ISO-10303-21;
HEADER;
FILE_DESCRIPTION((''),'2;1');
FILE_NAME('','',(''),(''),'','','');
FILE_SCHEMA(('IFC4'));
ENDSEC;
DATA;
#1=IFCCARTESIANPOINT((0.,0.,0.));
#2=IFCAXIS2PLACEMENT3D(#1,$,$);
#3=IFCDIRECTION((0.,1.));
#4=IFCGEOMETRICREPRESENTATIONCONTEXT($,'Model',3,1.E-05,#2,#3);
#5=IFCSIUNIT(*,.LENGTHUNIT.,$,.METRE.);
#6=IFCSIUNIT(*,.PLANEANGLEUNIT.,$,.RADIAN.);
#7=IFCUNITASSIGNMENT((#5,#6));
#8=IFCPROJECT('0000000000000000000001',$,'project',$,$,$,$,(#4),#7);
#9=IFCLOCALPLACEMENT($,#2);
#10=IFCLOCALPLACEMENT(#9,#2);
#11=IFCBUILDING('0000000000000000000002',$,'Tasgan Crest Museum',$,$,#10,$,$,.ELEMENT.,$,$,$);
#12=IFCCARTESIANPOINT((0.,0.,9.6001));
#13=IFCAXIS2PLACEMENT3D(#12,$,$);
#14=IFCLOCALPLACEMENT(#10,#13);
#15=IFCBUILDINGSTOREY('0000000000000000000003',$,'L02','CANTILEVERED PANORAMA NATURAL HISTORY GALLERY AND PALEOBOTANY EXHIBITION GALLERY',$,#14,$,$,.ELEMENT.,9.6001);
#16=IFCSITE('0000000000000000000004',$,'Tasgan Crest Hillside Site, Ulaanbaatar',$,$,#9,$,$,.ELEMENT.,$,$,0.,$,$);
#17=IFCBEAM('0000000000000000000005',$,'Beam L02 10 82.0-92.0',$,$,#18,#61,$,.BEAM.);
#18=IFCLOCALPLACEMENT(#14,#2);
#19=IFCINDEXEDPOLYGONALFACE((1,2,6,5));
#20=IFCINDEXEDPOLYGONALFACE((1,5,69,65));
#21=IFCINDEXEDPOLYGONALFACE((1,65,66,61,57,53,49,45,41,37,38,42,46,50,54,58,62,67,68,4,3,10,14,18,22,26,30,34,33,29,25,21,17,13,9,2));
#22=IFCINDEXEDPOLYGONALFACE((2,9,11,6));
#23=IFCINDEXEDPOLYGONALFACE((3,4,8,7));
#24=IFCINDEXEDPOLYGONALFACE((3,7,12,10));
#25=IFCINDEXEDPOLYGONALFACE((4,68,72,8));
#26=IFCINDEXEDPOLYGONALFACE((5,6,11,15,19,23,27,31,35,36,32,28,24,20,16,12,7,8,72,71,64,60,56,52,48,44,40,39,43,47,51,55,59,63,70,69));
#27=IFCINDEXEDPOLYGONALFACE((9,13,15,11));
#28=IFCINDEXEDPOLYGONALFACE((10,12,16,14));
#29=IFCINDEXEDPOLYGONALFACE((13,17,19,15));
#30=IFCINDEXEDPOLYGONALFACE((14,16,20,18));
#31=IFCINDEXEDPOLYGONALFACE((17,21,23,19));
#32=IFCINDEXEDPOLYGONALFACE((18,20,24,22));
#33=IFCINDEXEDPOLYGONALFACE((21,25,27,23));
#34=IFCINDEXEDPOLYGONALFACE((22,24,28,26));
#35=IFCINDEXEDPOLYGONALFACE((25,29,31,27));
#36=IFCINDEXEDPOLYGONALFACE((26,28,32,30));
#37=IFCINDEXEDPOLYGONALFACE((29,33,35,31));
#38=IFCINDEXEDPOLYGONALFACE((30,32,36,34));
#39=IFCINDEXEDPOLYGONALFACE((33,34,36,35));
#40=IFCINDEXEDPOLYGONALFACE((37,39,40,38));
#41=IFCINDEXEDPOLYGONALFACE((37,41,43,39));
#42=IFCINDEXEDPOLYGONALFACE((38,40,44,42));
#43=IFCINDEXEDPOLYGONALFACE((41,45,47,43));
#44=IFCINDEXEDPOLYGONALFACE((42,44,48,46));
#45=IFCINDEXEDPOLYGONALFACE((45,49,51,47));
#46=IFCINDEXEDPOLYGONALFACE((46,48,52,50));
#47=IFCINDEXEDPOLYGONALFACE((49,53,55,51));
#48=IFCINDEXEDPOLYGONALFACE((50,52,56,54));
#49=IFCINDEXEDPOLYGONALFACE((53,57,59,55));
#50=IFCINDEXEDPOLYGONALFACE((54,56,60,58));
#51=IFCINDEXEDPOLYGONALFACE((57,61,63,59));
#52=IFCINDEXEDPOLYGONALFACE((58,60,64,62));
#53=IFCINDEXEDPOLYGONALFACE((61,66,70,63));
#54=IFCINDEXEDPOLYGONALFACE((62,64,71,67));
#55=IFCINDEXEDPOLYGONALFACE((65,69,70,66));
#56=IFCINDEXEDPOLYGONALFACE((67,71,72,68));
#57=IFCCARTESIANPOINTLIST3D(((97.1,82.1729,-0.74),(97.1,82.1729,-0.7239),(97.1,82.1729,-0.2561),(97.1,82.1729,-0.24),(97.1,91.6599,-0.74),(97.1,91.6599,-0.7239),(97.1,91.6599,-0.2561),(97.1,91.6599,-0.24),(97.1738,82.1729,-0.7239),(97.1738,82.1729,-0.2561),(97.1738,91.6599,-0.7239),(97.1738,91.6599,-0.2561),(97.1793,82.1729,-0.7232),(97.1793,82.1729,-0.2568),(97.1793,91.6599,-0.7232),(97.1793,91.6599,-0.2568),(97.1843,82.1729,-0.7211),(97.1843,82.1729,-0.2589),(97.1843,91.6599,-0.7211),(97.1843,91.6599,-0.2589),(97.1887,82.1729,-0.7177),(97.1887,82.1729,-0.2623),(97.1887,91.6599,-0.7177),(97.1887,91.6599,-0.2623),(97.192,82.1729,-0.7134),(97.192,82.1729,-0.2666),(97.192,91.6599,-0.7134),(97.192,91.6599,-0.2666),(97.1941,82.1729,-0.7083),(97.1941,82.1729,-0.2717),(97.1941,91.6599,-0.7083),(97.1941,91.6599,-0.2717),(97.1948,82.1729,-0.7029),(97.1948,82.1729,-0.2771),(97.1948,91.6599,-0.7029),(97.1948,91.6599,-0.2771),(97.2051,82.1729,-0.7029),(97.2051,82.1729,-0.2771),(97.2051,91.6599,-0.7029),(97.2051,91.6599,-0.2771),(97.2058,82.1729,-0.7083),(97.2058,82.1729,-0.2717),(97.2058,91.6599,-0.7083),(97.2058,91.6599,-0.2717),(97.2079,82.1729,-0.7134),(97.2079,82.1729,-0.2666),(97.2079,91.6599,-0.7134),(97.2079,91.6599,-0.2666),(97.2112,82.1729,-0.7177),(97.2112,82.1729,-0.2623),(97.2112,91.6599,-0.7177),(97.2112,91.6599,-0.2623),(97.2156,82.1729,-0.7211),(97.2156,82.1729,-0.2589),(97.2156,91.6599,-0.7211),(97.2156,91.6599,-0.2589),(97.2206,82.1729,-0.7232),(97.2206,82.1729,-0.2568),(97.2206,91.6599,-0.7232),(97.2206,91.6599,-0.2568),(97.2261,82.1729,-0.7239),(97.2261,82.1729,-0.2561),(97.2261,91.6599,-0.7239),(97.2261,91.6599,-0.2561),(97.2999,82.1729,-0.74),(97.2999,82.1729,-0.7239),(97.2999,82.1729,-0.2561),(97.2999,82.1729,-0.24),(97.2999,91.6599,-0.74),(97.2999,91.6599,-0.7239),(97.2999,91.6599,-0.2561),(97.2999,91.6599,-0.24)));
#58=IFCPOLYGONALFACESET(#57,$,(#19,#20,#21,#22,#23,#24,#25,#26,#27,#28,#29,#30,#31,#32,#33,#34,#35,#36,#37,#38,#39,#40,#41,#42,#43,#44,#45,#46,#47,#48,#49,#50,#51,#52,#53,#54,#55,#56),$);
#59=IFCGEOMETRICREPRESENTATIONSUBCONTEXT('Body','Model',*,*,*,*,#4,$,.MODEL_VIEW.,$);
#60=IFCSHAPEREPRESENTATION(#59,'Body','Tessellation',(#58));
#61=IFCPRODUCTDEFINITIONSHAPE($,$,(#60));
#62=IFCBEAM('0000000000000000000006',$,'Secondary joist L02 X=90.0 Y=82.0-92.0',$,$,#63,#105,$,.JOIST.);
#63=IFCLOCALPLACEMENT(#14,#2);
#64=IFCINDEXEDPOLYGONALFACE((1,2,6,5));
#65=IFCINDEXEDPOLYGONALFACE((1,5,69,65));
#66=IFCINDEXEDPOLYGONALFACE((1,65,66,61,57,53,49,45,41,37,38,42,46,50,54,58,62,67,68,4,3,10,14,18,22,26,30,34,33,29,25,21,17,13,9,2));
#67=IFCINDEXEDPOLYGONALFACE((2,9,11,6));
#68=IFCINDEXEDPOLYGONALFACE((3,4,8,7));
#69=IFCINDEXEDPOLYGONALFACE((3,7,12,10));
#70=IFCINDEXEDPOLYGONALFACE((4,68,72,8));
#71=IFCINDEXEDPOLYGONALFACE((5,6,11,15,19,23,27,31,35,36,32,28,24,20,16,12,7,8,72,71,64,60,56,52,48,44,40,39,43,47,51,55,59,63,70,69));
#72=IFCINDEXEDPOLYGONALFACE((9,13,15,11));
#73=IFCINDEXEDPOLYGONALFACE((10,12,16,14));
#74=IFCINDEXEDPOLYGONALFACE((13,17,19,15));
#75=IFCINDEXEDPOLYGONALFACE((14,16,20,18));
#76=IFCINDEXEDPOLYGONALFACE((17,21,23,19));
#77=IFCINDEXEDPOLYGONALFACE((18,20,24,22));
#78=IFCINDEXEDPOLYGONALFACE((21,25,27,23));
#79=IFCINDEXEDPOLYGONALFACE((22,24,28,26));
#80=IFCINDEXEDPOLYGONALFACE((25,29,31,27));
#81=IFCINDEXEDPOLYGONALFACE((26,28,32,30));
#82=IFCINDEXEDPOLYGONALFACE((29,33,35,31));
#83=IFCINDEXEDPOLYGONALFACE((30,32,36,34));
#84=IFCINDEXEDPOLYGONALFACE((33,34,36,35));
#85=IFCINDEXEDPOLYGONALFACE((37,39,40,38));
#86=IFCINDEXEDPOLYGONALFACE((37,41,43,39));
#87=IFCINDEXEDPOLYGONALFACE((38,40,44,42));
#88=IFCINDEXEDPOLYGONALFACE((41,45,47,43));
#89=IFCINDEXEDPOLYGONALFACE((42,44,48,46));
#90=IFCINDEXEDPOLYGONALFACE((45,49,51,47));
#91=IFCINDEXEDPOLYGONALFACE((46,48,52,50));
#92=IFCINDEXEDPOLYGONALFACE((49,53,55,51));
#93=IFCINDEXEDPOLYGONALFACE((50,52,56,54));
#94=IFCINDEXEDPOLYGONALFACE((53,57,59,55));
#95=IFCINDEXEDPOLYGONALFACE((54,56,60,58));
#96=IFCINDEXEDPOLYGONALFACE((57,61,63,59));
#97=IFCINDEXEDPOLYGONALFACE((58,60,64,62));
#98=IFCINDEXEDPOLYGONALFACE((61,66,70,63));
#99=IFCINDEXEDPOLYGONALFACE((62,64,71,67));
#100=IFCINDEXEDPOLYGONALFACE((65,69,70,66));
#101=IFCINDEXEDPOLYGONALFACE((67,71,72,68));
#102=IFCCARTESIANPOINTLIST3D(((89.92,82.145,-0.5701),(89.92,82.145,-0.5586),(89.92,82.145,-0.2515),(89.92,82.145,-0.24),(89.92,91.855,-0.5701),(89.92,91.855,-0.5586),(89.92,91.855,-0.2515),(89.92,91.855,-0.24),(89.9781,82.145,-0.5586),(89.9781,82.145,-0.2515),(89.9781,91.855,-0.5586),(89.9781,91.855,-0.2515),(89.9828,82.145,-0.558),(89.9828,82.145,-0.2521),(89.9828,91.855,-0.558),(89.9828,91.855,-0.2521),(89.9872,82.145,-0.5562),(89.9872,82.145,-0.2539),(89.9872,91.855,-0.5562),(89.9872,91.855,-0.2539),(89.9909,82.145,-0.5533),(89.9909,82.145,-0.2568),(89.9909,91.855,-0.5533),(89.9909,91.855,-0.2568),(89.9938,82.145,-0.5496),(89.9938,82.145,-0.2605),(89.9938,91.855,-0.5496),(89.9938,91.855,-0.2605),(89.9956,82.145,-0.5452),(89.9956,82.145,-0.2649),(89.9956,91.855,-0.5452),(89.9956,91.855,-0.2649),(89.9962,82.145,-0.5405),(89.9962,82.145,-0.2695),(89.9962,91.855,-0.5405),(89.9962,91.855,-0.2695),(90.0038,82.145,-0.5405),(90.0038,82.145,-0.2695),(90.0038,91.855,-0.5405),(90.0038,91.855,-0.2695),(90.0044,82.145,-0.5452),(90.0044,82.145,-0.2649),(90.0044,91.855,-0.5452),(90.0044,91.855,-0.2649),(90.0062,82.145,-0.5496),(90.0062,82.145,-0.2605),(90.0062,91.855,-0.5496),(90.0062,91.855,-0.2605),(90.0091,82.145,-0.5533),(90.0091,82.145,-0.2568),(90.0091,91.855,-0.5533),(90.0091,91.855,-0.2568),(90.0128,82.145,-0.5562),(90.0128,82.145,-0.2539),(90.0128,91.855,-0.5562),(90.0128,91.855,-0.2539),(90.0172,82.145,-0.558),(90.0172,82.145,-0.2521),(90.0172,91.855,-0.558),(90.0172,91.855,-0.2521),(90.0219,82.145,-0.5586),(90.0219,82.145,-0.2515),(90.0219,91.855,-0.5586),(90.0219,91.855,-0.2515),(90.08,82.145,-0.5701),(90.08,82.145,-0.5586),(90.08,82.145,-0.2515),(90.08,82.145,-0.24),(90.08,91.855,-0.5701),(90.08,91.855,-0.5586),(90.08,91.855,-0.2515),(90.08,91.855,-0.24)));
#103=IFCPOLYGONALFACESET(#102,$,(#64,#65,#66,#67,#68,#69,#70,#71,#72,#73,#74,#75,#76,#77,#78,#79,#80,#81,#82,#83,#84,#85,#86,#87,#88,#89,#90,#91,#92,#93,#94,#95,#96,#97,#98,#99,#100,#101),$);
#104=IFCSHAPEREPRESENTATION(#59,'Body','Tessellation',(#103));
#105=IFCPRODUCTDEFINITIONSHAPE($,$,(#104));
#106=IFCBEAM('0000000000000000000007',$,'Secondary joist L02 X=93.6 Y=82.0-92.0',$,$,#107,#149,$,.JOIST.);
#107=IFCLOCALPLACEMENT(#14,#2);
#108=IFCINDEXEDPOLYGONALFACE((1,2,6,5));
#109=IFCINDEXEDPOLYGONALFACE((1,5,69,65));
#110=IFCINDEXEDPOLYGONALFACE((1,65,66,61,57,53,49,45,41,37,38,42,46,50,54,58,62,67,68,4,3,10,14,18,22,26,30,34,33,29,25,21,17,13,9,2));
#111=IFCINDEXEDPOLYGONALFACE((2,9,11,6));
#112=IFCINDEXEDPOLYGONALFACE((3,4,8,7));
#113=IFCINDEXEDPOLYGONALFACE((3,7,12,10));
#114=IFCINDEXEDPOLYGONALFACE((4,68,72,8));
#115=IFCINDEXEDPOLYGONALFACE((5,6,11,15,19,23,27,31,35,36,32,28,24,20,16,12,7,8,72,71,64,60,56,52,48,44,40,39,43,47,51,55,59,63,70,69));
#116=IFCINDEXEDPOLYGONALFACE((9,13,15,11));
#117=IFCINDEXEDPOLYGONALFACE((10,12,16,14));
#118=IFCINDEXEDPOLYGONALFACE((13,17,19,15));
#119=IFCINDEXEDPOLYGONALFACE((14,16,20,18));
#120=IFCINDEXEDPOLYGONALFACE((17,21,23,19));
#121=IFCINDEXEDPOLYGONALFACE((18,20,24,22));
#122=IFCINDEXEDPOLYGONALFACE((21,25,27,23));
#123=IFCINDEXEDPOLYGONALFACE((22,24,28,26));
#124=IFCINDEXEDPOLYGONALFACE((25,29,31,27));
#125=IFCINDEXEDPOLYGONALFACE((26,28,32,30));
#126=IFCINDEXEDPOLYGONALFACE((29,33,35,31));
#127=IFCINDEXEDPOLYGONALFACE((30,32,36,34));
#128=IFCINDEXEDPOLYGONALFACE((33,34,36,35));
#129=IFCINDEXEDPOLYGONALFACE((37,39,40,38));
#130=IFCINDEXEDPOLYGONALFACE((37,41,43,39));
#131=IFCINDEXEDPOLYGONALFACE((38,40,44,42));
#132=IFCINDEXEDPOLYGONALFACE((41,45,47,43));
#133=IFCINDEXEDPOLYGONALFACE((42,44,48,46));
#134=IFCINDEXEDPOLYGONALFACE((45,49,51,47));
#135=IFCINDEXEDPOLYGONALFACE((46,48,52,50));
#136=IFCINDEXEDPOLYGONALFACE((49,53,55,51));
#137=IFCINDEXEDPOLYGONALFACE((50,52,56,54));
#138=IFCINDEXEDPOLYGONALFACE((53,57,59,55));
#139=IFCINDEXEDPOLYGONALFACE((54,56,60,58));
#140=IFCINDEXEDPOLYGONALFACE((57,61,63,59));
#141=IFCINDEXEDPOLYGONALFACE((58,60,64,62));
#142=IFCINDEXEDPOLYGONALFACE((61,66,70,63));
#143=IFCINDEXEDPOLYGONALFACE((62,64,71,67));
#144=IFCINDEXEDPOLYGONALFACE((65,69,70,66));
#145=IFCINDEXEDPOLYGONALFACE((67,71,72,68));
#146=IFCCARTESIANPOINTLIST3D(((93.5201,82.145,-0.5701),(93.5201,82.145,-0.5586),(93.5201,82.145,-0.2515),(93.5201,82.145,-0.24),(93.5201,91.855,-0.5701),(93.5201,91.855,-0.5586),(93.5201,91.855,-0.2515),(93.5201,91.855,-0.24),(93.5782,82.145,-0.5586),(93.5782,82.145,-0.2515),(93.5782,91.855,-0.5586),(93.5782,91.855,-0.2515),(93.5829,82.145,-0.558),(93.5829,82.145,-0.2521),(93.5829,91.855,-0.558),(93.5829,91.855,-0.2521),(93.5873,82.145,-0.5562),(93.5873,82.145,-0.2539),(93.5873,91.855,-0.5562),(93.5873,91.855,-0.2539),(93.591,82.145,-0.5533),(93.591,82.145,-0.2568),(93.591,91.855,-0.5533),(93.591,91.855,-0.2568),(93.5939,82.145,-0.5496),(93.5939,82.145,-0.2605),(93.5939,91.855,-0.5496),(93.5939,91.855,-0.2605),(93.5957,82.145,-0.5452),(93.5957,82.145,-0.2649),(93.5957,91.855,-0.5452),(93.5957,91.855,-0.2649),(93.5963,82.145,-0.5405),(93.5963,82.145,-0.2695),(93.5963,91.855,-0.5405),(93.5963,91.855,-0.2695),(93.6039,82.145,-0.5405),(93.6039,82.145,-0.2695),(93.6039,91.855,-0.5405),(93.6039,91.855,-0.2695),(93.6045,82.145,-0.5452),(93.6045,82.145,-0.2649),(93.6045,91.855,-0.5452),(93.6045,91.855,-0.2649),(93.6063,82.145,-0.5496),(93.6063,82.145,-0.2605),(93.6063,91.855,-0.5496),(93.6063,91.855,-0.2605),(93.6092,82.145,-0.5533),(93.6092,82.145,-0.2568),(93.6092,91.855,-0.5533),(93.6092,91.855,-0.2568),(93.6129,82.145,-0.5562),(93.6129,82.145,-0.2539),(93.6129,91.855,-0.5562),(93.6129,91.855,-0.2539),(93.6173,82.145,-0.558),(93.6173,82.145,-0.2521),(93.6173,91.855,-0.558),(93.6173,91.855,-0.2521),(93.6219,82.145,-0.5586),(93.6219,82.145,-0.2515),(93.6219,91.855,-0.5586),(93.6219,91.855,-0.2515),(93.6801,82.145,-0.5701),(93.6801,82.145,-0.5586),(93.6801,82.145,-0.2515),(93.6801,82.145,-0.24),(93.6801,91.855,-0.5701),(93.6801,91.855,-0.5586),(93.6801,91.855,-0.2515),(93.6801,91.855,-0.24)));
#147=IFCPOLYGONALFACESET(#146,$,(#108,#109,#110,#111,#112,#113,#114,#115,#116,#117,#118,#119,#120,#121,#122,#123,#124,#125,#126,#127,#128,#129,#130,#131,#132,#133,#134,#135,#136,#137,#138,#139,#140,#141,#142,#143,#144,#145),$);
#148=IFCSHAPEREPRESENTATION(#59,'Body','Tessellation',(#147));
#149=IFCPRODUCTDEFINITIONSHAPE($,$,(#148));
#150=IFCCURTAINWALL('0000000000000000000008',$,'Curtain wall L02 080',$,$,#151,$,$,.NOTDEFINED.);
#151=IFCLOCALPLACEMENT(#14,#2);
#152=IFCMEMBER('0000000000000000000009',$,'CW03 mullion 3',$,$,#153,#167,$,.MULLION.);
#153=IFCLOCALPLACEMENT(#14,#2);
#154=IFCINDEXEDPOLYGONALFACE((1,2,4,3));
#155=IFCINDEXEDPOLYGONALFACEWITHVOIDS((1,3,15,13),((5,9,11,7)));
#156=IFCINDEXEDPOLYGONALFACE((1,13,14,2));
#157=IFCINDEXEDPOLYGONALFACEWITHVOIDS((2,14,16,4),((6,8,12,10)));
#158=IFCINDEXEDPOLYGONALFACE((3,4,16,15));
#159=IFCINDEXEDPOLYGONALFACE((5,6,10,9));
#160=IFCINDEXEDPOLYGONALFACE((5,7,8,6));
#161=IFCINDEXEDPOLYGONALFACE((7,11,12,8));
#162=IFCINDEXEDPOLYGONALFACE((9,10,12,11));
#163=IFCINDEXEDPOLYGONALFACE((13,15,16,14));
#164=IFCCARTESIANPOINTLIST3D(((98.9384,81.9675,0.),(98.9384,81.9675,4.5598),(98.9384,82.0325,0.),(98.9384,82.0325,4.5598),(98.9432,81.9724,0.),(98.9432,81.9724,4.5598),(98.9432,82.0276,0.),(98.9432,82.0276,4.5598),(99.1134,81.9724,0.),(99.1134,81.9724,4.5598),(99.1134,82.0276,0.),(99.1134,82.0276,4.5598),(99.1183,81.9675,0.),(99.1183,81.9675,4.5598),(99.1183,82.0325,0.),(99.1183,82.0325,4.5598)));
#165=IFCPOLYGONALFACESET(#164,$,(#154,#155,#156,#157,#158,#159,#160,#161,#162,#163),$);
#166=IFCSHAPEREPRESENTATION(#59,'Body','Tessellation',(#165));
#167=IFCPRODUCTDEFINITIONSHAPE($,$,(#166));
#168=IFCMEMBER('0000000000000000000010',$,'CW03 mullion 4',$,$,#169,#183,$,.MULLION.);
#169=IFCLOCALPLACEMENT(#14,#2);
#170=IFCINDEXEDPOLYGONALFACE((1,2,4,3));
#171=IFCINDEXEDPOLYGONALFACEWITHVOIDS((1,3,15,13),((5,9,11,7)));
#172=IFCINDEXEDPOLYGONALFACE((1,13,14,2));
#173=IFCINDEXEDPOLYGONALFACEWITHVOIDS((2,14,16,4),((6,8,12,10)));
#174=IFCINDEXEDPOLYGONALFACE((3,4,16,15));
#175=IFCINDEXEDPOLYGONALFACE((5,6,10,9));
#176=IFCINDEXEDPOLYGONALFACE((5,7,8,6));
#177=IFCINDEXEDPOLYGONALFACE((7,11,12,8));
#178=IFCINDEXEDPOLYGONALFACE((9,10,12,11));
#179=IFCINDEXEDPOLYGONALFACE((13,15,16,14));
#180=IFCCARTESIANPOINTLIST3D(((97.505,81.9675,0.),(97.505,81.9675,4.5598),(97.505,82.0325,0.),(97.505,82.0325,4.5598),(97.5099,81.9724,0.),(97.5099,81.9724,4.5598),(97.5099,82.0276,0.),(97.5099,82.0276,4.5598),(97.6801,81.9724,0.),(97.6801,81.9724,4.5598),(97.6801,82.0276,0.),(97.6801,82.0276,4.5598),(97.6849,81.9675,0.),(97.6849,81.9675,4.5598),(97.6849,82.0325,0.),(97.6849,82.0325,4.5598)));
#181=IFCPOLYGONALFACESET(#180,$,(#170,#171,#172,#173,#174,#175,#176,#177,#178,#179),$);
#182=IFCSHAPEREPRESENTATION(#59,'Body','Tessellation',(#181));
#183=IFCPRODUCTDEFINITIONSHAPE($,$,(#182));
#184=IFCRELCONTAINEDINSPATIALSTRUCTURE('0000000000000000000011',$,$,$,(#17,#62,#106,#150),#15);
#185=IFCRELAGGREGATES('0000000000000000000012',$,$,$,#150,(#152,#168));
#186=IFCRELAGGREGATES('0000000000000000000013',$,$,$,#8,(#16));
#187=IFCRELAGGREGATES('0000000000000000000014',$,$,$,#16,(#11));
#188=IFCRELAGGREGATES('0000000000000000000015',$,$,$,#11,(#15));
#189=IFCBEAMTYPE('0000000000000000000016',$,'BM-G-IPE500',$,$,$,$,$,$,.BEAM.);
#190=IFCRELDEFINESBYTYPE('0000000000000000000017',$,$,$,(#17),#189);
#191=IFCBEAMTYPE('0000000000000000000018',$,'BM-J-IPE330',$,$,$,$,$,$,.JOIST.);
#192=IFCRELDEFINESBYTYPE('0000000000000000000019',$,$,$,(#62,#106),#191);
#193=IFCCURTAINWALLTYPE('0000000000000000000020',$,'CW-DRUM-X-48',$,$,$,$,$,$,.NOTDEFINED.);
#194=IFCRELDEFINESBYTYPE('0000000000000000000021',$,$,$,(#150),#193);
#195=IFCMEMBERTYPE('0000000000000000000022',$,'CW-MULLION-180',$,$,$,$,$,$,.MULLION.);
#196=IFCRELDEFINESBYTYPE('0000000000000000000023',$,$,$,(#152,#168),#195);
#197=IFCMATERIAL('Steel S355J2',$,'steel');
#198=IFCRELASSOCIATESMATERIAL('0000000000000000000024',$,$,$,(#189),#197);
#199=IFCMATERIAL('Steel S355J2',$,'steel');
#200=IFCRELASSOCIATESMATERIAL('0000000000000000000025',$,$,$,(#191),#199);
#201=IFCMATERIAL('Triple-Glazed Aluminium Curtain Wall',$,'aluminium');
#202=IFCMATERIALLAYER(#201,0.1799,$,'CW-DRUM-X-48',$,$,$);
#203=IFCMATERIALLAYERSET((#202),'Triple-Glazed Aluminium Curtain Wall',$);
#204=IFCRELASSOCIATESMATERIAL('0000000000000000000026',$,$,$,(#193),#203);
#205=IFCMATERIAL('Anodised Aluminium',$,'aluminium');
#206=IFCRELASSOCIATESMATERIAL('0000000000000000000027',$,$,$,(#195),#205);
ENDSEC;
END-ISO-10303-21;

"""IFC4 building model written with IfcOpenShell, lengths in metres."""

from ifc_helpers import new_model, si_unit, direction, frame, origin, origin_2d, place, context, subcontext, project, spatial, hollow_rectangle, i_section, extrude, material, layer, layer_set, material_profile, profile_set, type_object, element, aggregate, save


model = new_model("IFC4")

# Units and contexts
model_context = context("Model", 3, precision=1e-05, world=origin(), true_north=direction((0.0, 1.0)))
body_context = subcontext(model_context, "Body", "Model", "MODEL_VIEW")
ifc_project = project(units=[si_unit("LENGTHUNIT", "METRE"), si_unit("PLANEANGLEUNIT", "RADIAN")], contexts=[model_context])

# Site, building, storey
site_placement = place(None, origin())
site = spatial("IfcSite", under=ifc_project, at=site_placement, Name="Tasgan Crest Hillside Site, Ulaanbaatar", CompositionType="ELEMENT", RefElevation=0.0)
building_placement = place(site_placement, origin())
building = spatial("IfcBuilding", under=site, at=building_placement, Name="Tasgan Crest Museum", CompositionType="ELEMENT")
storey_placement = place(building_placement, frame((0.0, 0.0, 9.6001)))
storey = spatial("IfcBuildingStorey", under=building, at=storey_placement, Name="L02", Description="CANTILEVERED PANORAMA NATURAL HISTORY GALLERY AND PALEOBOTANY EXHIBITION GALLERY", CompositionType="ELEMENT", Elevation=9.6001)

# Beams
ifc_material_1 = material(Name="Steel S355J2", Category="steel")
ifc_material_profile_1 = material_profile(ifc_material_1, i_section(OverallWidth=0.2, OverallDepth=0.5, WebThickness=0.0103, FlangeThickness=0.0161, FilletRadius=0.021, at=origin_2d()), Name="IPE 500")
ifc_profile_set_1 = profile_set([ifc_material_profile_1], Name="Steel S355J2")
beam_type_1 = type_object("IfcBeamType", Name="BM-G-IPE500", PredefinedType="BEAM", material=ifc_profile_set_1)
beam_1_placement = place(storey_placement, frame((97.2, 82.1729, -0.49), z_axis=(0.0, 1.0, 0.0), x_axis=(-1.0, 0.0, 0.0)))
element("IfcBeam", 1, at=beam_1_placement, inside=storey, type_object=beam_type_1, Name="Beam L02 10 82.0-92.0", PredefinedType="BEAM", context=body_context, shape_type="SweptSolid", body=[
    extrude(i_section(OverallWidth=0.2, OverallDepth=0.5, WebThickness=0.0103, FlangeThickness=0.0161, FilletRadius=0.021, at=origin_2d()), origin(), (0.0, 0.0, 1.0), 9.4871),
])
ifc_material_2 = material(Name="Steel S355J2", Category="steel")
ifc_material_profile_2 = material_profile(ifc_material_2, i_section(OverallWidth=0.1599, OverallDepth=0.3301, WebThickness=0.0076, FlangeThickness=0.0115, FilletRadius=0.0181, at=origin_2d()), Name="IPE 330")
ifc_profile_set_2 = profile_set([ifc_material_profile_2], Name="Steel S355J2")
beam_type_2 = type_object("IfcBeamType", Name="BM-J-IPE330", PredefinedType="JOIST", material=ifc_profile_set_2)
for number, where, z_axis, x_axis, name in (
    (2, (90.0, 82.145, -0.405), (0.0, 1.0, 0.0), (-1.0, 0.0, 0.0), "Secondary joist L02 X=90.0 Y=82.0-92.0"),
    (3, (93.6001, 82.145, -0.405), (0.0, 1.0, 0.0), (-1.0, 0.0, 0.0), "Secondary joist L02 X=93.6 Y=82.0-92.0"),
):
    element("IfcBeam", number, at=place(storey_placement, frame(where, z_axis=z_axis, x_axis=x_axis)), inside=storey, type_object=beam_type_2, Name=name, PredefinedType="JOIST", context=body_context, shape_type="SweptSolid", body=[
        extrude(i_section(OverallWidth=0.1599, OverallDepth=0.3301, WebThickness=0.0076, FlangeThickness=0.0115, FilletRadius=0.0181, at=origin_2d()), origin(), (0.0, 0.0, 1.0), 9.71),
    ])

# Curtain wall, members
ifc_material_3 = material(Name="Triple-Glazed Aluminium Curtain Wall", Category="aluminium")
ifc_layer_1 = layer(ifc_material_3, 0.1799, Name="CW-DRUM-X-48")
ifc_layer_set_1 = layer_set([ifc_layer_1], Name="Triple-Glazed Aluminium Curtain Wall")
curtain_wall_type = type_object("IfcCurtainWallType", Name="CW-DRUM-X-48", PredefinedType="NOTDEFINED", material=ifc_layer_set_1)
curtain_wall_placement = place(storey_placement, origin())
curtain_wall = element("IfcCurtainWall", 4, at=curtain_wall_placement, inside=storey, type_object=curtain_wall_type, Name="Curtain wall L02 080", PredefinedType="NOTDEFINED")
ifc_material_4 = material(Name="Anodised Aluminium", Category="aluminium")
ifc_material_profile_3 = material_profile(ifc_material_4, hollow_rectangle(XDim=0.0649, YDim=0.1799, WallThickness=0.0049, at=origin_2d()), Name="ALU MULLION 180x65x5")
ifc_profile_set_3 = profile_set([ifc_material_profile_3], Name="Anodised Aluminium")
member_type_1 = type_object("IfcMemberType", Name="CW-MULLION-180", PredefinedType="MULLION", material=ifc_profile_set_3)
member_1_placement = place(storey_placement, frame((99.0283, 82.0, 0.0), z_axis=(0.0, 0.0, 1.0), x_axis=(0.0, -1.0, 0.0)))
member_1 = element("IfcMember", 5, at=member_1_placement, type_object=member_type_1, Name="CW03 mullion 3", PredefinedType="MULLION", context=body_context, shape_type="SweptSolid", body=[
    extrude(hollow_rectangle(XDim=0.0649, YDim=0.1799, WallThickness=0.0049, at=origin_2d()), origin(), (0.0, 0.0, 1.0), 4.5598),
])
member_2_placement = place(storey_placement, frame((97.595, 82.0, 0.0), z_axis=(0.0, 0.0, 1.0), x_axis=(0.0, -1.0, 0.0)))
member_2 = element("IfcMember", 6, at=member_2_placement, type_object=member_type_1, Name="CW03 mullion 4", PredefinedType="MULLION", context=body_context, shape_type="SweptSolid", body=[
    extrude(hollow_rectangle(XDim=0.0649, YDim=0.1799, WallThickness=0.0049, at=origin_2d()), origin(), (0.0, 0.0, 1.0), 4.5598),
])
aggregate(curtain_wall, [member_1, member_2])

save(model, "model.ifc")
